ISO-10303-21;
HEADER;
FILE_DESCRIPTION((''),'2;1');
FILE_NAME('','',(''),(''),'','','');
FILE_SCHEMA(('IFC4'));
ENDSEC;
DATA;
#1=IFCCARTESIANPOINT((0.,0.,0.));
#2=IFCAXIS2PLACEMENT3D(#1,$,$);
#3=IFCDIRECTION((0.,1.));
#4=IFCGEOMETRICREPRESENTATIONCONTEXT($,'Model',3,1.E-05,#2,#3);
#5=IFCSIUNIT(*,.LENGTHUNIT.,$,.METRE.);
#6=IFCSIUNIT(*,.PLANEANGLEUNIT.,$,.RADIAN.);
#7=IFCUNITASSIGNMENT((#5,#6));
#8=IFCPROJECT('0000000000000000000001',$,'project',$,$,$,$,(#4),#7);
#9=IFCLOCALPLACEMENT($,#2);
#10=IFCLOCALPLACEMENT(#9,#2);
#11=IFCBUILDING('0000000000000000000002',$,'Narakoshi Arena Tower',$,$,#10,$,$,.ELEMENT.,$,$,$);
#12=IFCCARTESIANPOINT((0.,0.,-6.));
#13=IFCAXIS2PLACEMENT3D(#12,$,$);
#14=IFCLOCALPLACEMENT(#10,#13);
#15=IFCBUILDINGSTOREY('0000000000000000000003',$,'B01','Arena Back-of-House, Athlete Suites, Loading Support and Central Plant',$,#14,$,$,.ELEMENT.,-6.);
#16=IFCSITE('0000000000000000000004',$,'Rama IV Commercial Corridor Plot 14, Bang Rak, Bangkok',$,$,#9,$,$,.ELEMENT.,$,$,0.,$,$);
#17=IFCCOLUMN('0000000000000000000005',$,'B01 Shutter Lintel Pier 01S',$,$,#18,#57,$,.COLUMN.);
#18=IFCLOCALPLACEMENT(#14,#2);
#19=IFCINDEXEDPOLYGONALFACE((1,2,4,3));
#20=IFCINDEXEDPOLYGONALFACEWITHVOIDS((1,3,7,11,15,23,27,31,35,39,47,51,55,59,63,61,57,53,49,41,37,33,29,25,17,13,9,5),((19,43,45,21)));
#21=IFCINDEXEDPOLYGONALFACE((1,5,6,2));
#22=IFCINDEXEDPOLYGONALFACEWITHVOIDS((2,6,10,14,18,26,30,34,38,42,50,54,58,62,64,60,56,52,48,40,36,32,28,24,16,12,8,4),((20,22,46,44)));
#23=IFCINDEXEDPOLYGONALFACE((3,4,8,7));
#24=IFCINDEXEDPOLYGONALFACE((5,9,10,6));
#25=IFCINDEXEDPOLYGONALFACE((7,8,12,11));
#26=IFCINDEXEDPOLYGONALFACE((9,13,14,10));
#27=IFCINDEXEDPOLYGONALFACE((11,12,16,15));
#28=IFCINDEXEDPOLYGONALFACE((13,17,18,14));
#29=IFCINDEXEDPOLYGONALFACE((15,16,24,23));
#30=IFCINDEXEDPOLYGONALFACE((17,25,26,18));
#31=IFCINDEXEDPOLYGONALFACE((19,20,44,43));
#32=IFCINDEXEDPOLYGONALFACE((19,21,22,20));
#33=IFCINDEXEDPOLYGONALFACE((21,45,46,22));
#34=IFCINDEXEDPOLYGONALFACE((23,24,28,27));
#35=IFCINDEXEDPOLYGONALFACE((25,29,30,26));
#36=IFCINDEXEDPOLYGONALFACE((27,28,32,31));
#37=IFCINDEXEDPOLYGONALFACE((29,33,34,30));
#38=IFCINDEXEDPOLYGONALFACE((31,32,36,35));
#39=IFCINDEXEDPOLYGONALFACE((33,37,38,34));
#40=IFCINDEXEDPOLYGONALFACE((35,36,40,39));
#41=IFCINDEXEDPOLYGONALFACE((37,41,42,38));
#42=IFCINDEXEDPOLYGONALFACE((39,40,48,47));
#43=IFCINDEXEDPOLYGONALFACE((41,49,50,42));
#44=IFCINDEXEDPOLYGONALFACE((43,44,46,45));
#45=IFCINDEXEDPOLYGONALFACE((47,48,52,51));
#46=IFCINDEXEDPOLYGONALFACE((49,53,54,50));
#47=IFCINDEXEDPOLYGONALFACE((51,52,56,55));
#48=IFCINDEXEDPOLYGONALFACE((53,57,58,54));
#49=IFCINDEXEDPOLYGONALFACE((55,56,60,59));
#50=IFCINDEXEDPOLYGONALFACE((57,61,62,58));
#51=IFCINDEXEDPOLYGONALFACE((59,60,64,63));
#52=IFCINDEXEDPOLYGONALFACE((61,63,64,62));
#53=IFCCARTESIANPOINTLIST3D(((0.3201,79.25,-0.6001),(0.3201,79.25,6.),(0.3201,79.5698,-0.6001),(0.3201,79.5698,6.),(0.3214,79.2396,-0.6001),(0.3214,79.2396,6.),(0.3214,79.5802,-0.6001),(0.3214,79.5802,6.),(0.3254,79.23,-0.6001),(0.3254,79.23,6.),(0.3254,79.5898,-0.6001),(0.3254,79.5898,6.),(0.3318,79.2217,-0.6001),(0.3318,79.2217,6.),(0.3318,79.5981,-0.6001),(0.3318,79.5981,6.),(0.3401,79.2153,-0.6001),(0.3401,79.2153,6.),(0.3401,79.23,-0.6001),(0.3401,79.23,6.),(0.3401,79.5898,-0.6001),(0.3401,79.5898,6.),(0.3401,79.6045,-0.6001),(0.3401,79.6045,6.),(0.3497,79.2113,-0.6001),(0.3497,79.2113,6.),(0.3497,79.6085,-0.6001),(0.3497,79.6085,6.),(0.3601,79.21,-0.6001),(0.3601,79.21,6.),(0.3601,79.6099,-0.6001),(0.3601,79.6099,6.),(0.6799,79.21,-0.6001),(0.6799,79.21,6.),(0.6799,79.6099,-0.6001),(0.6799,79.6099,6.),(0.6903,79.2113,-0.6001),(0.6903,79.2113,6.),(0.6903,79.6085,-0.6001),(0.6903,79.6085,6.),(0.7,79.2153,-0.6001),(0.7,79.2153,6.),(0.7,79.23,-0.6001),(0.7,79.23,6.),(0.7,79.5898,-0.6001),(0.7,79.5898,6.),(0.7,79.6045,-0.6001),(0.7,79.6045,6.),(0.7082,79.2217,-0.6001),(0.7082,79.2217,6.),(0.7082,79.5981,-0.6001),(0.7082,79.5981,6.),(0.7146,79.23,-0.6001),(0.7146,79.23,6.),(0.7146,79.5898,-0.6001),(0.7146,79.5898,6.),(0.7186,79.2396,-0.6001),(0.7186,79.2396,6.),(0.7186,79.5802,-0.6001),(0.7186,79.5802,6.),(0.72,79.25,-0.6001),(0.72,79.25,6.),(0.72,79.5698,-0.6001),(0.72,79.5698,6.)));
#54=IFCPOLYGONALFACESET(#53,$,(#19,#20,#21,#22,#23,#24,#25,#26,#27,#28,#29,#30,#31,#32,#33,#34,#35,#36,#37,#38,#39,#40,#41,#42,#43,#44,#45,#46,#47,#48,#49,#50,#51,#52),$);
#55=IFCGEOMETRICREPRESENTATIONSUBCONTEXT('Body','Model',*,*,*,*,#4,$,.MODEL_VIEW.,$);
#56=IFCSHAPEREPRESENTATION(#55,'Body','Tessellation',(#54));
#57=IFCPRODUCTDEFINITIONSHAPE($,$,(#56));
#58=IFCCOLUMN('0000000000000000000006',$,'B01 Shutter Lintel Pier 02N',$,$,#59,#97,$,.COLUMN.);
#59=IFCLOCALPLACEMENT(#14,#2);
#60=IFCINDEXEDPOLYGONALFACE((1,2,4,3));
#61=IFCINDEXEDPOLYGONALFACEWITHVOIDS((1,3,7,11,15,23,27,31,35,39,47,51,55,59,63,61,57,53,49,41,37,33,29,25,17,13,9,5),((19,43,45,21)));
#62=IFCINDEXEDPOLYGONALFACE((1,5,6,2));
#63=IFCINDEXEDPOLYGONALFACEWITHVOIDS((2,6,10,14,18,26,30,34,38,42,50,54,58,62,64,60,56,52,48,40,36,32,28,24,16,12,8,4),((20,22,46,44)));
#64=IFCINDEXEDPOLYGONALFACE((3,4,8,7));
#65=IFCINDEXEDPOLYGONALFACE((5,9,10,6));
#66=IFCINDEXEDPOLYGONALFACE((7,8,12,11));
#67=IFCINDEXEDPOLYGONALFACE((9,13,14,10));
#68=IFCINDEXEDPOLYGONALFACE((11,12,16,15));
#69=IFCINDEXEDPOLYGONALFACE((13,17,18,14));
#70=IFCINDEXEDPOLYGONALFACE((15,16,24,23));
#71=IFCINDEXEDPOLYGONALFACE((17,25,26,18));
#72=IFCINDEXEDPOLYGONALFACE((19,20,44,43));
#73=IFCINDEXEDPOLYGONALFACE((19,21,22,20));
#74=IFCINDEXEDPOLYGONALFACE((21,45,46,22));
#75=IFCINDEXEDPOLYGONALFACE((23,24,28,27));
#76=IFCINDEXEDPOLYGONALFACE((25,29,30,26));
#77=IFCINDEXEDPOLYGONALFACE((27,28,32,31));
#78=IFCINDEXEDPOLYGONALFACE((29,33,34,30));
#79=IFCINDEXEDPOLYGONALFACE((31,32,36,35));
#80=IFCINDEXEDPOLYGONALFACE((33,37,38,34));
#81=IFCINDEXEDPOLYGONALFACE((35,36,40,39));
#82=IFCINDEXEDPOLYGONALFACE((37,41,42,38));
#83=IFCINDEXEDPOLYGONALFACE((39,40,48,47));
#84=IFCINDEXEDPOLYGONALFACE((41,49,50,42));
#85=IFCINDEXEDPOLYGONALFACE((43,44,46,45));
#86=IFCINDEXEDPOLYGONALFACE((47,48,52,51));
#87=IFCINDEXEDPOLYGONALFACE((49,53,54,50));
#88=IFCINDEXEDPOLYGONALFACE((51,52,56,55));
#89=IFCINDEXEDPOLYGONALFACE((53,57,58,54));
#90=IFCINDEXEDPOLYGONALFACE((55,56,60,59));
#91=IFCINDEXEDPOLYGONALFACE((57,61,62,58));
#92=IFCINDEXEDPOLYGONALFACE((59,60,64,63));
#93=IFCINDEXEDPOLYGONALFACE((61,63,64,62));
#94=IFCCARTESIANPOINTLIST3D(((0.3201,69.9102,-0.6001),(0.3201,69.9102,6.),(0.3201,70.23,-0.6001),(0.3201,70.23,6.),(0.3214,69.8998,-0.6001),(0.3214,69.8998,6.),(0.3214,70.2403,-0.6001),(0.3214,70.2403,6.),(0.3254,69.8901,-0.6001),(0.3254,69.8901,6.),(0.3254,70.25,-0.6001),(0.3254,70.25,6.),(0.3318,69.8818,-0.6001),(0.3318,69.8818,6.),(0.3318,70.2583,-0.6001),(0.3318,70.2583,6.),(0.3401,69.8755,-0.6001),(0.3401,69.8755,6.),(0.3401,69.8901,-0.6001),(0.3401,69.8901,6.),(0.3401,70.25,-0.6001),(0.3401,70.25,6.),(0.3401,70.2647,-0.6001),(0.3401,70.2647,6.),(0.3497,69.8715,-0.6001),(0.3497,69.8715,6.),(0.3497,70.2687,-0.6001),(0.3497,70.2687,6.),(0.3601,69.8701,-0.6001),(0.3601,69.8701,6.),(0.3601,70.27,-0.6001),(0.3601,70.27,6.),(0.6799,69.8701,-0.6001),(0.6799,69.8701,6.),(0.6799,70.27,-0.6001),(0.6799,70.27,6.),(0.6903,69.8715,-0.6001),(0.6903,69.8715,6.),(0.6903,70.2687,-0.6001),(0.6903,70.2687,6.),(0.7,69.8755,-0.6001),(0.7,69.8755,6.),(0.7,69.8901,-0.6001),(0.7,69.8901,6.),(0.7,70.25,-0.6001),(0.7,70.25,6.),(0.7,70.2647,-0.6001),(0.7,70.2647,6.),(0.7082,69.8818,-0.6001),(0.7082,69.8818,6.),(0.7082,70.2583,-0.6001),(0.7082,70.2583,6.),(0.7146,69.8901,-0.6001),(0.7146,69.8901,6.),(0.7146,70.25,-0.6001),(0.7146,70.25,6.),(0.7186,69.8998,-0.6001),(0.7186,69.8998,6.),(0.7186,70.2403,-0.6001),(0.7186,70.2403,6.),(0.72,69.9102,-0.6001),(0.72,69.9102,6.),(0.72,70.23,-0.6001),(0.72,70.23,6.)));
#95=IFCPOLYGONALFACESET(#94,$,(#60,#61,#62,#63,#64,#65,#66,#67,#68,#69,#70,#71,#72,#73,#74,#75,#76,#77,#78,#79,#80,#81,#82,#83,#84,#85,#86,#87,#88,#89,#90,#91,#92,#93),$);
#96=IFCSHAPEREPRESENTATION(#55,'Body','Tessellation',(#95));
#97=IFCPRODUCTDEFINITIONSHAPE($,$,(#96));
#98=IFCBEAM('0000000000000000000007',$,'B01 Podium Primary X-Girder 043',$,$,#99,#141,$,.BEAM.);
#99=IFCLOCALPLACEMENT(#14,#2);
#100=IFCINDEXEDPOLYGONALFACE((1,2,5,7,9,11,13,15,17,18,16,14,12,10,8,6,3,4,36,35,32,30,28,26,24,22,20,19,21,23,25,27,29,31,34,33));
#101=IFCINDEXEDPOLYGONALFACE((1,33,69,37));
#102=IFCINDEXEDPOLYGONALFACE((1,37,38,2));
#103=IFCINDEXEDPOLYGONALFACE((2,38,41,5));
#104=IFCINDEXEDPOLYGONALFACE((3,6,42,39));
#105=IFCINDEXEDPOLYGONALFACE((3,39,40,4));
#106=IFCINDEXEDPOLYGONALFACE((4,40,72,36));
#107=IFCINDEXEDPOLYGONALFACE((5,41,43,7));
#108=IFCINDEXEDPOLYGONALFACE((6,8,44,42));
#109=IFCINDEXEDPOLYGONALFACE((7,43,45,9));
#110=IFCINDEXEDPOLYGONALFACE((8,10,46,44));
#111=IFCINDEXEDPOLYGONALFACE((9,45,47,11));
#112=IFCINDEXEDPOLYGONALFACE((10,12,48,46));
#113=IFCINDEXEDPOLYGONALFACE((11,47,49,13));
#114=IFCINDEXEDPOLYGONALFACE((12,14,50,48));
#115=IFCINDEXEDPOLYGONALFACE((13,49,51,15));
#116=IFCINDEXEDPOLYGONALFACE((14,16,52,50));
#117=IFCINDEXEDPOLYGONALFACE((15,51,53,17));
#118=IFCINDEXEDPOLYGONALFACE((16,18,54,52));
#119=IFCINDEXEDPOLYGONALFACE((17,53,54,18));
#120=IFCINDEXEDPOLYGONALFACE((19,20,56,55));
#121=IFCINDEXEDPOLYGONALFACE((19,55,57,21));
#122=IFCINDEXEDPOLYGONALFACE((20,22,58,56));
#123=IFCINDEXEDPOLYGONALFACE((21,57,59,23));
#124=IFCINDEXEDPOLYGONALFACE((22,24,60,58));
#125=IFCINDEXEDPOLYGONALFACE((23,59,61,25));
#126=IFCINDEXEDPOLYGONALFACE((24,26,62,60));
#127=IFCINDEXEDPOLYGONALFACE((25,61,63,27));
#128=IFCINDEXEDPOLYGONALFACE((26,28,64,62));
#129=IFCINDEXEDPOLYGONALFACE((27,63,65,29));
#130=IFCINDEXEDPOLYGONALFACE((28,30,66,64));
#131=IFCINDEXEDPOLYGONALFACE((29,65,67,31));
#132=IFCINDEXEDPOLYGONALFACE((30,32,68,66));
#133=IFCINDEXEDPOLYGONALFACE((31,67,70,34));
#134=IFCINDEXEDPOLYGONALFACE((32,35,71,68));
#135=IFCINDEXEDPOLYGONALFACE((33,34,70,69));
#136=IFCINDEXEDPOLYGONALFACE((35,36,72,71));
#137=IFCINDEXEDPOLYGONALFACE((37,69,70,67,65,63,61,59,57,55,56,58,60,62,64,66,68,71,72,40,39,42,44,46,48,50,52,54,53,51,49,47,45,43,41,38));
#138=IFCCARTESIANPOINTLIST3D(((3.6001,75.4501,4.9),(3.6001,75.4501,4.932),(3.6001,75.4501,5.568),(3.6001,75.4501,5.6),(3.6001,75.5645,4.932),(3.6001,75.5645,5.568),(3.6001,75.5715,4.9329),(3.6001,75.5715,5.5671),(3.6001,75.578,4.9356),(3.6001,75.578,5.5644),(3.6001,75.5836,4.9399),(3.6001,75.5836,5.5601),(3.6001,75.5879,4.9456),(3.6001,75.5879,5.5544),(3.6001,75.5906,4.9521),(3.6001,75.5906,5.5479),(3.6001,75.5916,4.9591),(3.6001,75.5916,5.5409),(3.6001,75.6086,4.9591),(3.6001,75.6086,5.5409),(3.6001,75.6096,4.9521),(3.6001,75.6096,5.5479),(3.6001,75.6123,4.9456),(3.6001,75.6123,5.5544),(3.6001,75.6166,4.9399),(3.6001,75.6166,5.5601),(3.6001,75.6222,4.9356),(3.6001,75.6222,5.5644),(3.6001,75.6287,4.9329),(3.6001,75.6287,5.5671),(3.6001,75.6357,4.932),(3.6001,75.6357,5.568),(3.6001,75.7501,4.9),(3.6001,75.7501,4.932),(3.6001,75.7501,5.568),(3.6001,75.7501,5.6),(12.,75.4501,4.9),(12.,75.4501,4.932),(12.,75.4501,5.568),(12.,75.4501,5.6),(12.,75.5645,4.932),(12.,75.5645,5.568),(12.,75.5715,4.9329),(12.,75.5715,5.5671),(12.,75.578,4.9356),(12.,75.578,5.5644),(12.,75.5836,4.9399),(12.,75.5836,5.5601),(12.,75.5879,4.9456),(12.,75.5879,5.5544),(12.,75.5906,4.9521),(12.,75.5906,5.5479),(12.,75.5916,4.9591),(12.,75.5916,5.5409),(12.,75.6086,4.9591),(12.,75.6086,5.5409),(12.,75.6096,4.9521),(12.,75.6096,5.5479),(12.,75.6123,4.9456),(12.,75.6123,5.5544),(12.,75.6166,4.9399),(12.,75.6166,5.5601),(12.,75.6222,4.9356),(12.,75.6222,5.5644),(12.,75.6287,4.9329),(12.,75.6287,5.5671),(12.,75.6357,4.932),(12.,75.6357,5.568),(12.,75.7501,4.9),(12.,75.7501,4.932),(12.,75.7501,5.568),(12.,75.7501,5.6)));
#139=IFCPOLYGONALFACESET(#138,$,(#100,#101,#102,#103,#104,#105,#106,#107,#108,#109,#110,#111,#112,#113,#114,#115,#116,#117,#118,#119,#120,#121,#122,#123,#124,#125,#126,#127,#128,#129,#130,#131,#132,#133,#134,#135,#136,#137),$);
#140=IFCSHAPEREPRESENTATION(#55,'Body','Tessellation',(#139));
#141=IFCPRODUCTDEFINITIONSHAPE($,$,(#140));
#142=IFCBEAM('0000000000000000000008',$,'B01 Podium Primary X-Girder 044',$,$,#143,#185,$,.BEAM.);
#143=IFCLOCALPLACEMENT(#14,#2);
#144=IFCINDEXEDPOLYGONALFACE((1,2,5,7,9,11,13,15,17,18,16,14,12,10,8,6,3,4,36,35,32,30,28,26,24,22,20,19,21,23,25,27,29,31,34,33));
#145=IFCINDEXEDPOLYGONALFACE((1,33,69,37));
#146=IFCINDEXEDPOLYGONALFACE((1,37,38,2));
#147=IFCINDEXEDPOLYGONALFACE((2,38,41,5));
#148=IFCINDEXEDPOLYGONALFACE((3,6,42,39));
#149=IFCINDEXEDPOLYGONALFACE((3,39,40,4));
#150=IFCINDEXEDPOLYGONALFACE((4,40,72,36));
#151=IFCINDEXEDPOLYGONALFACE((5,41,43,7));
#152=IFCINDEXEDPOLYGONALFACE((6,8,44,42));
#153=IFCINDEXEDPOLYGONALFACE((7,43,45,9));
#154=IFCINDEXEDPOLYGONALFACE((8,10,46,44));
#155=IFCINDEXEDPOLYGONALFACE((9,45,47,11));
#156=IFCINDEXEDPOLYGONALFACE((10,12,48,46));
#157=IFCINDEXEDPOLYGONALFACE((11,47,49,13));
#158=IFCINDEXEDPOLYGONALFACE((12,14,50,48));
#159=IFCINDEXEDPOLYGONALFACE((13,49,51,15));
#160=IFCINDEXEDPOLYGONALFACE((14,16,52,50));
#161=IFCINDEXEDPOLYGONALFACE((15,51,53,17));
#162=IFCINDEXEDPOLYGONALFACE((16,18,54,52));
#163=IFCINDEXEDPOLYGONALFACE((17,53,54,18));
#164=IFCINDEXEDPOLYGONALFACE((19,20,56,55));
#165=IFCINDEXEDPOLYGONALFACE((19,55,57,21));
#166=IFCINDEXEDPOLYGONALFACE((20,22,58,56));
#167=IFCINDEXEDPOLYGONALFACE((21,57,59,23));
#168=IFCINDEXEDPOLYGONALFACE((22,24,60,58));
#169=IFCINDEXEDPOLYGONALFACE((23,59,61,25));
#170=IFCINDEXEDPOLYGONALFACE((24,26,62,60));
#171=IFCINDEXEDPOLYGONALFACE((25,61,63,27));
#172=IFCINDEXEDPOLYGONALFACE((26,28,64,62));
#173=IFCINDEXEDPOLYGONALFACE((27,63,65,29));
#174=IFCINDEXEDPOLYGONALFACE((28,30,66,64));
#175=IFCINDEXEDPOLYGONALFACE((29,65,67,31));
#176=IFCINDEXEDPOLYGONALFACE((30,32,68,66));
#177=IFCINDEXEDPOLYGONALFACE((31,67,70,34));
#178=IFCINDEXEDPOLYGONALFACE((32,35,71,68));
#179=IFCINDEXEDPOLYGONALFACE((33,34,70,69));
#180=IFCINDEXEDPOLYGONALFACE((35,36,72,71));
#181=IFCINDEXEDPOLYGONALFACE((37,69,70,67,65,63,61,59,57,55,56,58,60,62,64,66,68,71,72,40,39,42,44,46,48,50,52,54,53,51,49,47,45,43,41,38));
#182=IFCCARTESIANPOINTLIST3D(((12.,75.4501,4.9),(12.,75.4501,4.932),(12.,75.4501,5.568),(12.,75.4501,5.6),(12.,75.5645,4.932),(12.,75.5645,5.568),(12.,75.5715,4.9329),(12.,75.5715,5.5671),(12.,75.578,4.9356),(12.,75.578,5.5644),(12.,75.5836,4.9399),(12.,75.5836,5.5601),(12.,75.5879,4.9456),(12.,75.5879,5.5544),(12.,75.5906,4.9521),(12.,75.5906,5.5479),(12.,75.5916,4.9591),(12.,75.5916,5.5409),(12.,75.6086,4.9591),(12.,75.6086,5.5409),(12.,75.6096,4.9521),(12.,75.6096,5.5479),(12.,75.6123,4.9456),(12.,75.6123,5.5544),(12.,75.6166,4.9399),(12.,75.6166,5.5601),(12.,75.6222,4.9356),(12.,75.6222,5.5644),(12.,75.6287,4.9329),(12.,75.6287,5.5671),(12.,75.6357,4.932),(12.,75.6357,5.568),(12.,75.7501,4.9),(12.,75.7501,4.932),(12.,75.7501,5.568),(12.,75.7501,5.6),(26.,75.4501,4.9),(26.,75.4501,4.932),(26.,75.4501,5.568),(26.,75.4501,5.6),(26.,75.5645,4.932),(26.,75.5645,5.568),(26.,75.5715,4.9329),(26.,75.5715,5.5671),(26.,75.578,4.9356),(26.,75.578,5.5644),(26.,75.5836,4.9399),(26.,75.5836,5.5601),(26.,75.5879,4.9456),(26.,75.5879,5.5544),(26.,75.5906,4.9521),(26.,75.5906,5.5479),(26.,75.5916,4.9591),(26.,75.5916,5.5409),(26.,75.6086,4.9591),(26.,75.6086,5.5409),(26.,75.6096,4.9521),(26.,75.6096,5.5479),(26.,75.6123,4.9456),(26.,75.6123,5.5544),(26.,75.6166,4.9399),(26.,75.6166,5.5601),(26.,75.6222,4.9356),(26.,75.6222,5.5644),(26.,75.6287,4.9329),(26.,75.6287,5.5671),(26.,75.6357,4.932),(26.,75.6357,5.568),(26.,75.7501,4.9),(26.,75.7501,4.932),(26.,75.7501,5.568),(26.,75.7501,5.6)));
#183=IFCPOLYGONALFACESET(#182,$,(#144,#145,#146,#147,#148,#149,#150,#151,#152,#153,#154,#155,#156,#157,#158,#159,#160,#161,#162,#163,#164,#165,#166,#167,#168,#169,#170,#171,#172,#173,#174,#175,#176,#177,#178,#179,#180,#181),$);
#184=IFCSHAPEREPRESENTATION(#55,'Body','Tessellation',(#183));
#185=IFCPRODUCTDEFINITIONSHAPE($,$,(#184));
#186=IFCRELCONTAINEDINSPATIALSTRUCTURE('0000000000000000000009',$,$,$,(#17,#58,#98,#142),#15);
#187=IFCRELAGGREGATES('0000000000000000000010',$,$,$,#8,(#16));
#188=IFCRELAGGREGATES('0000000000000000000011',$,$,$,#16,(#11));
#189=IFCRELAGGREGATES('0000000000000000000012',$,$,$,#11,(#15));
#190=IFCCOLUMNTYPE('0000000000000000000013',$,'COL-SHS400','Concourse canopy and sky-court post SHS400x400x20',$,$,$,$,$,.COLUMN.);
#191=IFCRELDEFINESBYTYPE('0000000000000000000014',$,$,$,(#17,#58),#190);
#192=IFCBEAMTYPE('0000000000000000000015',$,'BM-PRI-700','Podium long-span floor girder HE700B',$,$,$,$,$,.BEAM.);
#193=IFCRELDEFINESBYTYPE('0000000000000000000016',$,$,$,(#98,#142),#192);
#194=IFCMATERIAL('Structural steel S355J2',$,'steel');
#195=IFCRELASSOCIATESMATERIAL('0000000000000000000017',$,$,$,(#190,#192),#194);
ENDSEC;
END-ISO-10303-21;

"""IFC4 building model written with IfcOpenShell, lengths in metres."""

from ifc_helpers import new_model, si_unit, direction, frame, origin, origin_2d, place, context, subcontext, project, spatial, hollow_rectangle, i_section, extrude, material, material_profile, profile_set, type_object, element, save


model = new_model("IFC4")

# Units and contexts
model_context = context("Model", 3, precision=1e-05, world=origin(), true_north=direction((0.0, 1.0)))
body_context = subcontext(model_context, "Body", "Model", "MODEL_VIEW")
ifc_project = project(units=[si_unit("LENGTHUNIT", "METRE"), si_unit("PLANEANGLEUNIT", "RADIAN")], contexts=[model_context])

# Site, building, storey
site_placement = place(None, origin())
site = spatial("IfcSite", under=ifc_project, at=site_placement, Name="Rama IV Commercial Corridor Plot 14, Bang Rak, Bangkok", CompositionType="ELEMENT", RefElevation=0.0)
building_placement = place(site_placement, origin())
building = spatial("IfcBuilding", under=site, at=building_placement, Name="Narakoshi Arena Tower", CompositionType="ELEMENT")
storey_placement = place(building_placement, frame((0.0, 0.0, -6.0)))
storey = spatial("IfcBuildingStorey", under=building, at=storey_placement, Name="B01", Description="Arena Back-of-House, Athlete Suites, Loading Support and Central Plant", CompositionType="ELEMENT", Elevation=-6.0)

# Columns
ifc_material_1 = material(Name="Structural steel S355J2", Category="steel")
ifc_material_profile_1 = material_profile(ifc_material_1, hollow_rectangle(XDim=0.3999, YDim=0.3999, WallThickness=0.02, OuterFilletRadius=0.04, at=origin_2d()), Name="SHS400x400x20")
ifc_profile_set_1 = profile_set([ifc_material_profile_1], Name="Structural steel S355J2")
column_type_1 = type_object("IfcColumnType", Name="COL-SHS400", Description="Concourse canopy and sky-court post SHS400x400x20", PredefinedType="COLUMN", material=ifc_profile_set_1)
for number, where, z_axis, x_axis, name in (
    (1, (0.52, 79.4099, -0.6001), (0.0, 0.0, 1.0), (1.0, 0.0, 0.0), "B01 Shutter Lintel Pier 01S"),
    (2, (0.52, 70.0701, -0.6001), (0.0, 0.0, 1.0), (1.0, 0.0, 0.0), "B01 Shutter Lintel Pier 02N"),
):
    element("IfcColumn", number, at=place(storey_placement, frame(where, z_axis=z_axis, x_axis=x_axis)), inside=storey, type_object=column_type_1, Name=name, PredefinedType="COLUMN", context=body_context, shape_type="SweptSolid", body=[
        extrude(hollow_rectangle(XDim=0.3999, YDim=0.3999, WallThickness=0.02, OuterFilletRadius=0.04, at=origin_2d()), origin(), (0.0, 0.0, 1.0), 6.6001),
    ])

# Beams
ifc_material_profile_2 = material_profile(ifc_material_1, i_section(OverallWidth=0.3, OverallDepth=0.7, WebThickness=0.0171, FlangeThickness=0.032, FilletRadius=0.0271, at=origin_2d()), Name="HE700B")
ifc_profile_set_2 = profile_set([ifc_material_profile_2], Name="Structural steel S355J2")
beam_type_1 = type_object("IfcBeamType", Name="BM-PRI-700", Description="Podium long-span floor girder HE700B", PredefinedType="BEAM", material=ifc_profile_set_2)
beam_placement = place(storey_placement, frame((3.6001, 75.6001, 5.25), z_axis=(1.0, 0.0, 0.0), x_axis=(0.0, 1.0, 0.0)))
element("IfcBeam", 3, at=beam_placement, inside=storey, type_object=beam_type_1, Name="B01 Podium Primary X-Girder 043", PredefinedType="BEAM", context=body_context, shape_type="SweptSolid", body=[
    extrude(i_section(OverallWidth=0.3, OverallDepth=0.7, WebThickness=0.0171, FlangeThickness=0.032, FilletRadius=0.0271, at=origin_2d()), origin(), (0.0, 0.0, 1.0), 8.3999),
])
for number, where, z_axis, x_axis, name in (
    (4, (12.0, 75.6001, 5.25), (1.0, 0.0, 0.0), (0.0, 1.0, 0.0), "B01 Podium Primary X-Girder 044"),
):
    element("IfcBeam", number, at=place(storey_placement, frame(where, z_axis=z_axis, x_axis=x_axis)), inside=storey, type_object=beam_type_1, Name=name, PredefinedType="BEAM", context=body_context, shape_type="SweptSolid", body=[
        extrude(i_section(OverallWidth=0.3, OverallDepth=0.7, WebThickness=0.0171, FlangeThickness=0.032, FilletRadius=0.0271, at=origin_2d()), origin(), (0.0, 0.0, 1.0), 14.0),
    ])

save(model, "model.ifc")
